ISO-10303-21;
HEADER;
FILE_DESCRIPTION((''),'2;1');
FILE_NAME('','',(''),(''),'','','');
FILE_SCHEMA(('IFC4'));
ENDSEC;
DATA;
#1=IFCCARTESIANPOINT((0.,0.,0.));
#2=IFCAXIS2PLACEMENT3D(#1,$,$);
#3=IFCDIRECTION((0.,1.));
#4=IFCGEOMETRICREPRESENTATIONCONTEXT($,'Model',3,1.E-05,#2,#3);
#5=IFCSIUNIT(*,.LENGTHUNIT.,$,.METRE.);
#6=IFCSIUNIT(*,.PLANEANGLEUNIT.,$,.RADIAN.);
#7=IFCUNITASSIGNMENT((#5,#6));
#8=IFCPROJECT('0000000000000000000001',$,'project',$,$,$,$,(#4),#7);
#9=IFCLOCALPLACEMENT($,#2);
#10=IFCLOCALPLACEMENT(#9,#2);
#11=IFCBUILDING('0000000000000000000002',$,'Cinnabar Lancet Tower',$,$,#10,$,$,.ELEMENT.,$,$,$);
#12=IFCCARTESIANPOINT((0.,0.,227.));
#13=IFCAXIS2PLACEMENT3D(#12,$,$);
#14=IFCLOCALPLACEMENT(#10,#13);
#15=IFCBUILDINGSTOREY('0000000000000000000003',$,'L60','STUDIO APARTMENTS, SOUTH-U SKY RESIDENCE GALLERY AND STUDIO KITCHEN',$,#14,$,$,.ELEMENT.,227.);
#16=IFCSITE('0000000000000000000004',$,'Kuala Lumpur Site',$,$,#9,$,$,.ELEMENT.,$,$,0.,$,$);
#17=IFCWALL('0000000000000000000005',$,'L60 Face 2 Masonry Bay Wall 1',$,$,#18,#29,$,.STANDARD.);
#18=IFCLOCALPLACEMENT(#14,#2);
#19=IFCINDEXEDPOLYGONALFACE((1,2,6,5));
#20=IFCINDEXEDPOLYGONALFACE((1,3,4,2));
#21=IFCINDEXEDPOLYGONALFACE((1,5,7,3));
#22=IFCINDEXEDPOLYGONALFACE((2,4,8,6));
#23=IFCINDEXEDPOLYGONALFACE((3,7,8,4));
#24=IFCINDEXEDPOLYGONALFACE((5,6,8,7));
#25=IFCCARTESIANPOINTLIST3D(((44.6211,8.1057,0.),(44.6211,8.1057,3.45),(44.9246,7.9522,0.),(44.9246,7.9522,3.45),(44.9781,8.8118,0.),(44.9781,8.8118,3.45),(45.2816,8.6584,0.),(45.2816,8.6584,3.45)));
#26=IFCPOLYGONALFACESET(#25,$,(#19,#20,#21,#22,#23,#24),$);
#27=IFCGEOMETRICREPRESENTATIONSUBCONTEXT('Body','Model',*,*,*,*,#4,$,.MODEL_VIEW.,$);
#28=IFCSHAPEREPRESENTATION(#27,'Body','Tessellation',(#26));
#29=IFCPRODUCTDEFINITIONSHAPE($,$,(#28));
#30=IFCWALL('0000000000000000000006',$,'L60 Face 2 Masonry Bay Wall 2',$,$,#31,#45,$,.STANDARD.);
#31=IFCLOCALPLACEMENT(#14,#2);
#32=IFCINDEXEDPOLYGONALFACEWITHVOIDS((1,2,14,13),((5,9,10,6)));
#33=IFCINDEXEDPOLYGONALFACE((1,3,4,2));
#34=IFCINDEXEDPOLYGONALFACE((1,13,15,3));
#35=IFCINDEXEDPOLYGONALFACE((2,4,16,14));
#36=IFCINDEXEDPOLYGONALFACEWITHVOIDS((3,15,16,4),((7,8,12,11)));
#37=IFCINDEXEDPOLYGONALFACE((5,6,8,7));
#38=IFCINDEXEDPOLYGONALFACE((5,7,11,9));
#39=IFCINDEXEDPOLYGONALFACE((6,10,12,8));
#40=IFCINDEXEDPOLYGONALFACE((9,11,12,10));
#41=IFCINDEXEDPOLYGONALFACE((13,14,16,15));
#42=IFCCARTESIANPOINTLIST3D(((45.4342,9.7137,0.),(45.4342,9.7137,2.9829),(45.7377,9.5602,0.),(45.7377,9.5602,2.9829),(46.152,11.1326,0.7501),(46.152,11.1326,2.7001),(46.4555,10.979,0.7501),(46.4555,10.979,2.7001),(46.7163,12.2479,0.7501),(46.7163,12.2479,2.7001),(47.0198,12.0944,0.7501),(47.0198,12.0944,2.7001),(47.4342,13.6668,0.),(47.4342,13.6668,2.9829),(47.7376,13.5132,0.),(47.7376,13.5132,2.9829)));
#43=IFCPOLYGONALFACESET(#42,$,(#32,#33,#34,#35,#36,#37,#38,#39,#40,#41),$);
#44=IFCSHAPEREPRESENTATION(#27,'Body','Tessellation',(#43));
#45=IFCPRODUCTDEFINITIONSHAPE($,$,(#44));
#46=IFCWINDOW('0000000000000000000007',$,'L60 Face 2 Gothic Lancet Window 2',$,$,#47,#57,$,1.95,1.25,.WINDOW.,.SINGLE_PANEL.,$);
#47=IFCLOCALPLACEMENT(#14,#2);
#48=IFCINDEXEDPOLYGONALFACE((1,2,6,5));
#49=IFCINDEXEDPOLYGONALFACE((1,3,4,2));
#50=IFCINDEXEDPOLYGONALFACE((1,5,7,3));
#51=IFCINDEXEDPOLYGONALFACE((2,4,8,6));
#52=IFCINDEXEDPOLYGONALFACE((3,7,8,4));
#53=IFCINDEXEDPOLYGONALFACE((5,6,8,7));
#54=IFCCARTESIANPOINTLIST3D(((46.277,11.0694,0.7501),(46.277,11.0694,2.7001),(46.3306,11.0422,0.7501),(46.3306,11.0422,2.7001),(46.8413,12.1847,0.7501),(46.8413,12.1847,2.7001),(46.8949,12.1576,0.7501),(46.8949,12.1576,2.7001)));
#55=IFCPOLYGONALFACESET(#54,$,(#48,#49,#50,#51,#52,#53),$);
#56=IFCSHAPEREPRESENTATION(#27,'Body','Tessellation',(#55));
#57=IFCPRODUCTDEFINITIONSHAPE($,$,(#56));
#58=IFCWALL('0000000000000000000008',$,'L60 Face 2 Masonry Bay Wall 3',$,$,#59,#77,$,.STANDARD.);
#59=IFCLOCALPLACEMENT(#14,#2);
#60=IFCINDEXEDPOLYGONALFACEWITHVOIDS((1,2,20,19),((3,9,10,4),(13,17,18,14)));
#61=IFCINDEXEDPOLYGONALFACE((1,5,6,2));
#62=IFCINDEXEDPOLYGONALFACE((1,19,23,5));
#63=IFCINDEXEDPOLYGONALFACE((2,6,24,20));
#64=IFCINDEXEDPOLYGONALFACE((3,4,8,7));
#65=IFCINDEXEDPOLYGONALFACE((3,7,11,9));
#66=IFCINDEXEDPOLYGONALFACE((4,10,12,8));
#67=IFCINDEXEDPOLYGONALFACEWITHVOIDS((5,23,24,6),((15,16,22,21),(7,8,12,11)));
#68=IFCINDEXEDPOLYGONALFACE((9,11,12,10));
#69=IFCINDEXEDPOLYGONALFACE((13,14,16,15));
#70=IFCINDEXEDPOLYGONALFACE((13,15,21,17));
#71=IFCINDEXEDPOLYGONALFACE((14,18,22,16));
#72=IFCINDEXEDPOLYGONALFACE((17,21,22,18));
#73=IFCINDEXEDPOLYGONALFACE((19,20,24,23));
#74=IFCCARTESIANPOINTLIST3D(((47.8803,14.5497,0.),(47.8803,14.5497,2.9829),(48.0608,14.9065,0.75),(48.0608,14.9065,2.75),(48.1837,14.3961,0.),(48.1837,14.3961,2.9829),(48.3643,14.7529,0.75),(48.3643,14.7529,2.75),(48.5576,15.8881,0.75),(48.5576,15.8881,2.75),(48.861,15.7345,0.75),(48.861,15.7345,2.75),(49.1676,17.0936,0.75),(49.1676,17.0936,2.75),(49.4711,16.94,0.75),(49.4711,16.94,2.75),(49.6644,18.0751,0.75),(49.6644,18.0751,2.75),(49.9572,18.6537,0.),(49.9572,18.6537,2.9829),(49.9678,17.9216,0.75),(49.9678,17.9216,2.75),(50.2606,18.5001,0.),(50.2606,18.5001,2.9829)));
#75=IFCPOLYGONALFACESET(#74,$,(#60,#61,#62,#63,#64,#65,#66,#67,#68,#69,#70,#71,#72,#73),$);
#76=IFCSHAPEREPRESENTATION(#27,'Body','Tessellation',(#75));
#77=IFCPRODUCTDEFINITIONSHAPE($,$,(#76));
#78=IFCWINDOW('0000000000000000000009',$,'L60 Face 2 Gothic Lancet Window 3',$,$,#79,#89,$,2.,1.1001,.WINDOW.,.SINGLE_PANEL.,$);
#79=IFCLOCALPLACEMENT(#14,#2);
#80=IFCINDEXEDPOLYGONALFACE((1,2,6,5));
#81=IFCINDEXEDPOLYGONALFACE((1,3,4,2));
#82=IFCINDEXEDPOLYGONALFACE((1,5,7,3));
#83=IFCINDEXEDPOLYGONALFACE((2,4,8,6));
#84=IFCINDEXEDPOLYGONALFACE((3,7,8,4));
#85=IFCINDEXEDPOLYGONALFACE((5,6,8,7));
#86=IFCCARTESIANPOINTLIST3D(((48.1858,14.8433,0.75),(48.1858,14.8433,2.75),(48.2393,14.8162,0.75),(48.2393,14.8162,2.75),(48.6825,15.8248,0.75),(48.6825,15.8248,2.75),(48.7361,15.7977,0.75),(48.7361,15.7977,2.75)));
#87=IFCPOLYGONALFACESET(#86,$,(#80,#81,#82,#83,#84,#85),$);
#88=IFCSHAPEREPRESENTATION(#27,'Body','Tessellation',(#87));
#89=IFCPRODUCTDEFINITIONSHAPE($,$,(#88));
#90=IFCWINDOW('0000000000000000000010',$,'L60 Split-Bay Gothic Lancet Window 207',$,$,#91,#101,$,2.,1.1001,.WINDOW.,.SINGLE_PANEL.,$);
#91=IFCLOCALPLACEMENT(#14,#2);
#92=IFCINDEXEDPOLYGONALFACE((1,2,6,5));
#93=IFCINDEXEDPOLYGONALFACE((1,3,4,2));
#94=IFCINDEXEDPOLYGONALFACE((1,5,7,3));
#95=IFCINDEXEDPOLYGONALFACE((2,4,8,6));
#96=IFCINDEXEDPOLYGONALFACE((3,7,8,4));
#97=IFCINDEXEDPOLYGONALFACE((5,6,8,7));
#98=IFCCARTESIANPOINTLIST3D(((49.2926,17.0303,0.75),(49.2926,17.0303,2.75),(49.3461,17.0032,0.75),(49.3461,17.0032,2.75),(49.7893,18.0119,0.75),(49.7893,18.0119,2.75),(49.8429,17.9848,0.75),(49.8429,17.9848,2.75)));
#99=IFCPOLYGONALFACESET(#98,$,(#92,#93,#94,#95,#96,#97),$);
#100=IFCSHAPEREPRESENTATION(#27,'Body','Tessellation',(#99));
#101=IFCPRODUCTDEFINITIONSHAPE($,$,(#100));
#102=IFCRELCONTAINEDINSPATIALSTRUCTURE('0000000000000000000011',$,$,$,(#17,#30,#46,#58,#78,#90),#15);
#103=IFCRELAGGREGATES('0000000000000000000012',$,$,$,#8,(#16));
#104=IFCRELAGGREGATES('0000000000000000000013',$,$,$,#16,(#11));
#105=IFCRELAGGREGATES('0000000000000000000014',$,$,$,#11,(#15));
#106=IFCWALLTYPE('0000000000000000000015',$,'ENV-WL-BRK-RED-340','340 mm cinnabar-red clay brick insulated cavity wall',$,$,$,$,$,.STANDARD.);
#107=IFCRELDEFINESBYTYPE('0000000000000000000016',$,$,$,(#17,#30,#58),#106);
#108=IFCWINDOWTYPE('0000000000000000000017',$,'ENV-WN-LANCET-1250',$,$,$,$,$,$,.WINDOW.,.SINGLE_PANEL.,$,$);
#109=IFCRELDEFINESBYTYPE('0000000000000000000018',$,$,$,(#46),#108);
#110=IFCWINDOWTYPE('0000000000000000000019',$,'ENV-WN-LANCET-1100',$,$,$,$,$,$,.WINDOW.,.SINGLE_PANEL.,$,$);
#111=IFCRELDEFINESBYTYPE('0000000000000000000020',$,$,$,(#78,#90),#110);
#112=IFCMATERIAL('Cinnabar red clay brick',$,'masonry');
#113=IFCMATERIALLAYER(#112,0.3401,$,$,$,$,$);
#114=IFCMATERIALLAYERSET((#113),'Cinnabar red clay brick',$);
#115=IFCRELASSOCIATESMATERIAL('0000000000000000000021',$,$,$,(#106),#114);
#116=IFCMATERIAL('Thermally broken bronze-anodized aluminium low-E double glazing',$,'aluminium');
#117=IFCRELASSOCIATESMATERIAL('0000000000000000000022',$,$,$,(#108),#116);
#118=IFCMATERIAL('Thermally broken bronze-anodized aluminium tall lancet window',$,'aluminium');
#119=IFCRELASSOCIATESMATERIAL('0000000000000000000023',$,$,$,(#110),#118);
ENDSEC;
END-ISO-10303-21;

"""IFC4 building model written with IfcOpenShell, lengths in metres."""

from ifc_helpers import new_model, si_unit, direction, frame, frame_2d, origin, place, context, subcontext, project, spatial, rectangle, extrude, material, layer, layer_set, type_object, element, fill, save


model = new_model("IFC4")

# Units and contexts
model_context = context("Model", 3, precision=1e-05, world=origin(), true_north=direction((0.0, 1.0)))
body_context = subcontext(model_context, "Body", "Model", "MODEL_VIEW")
ifc_project = project(units=[si_unit("LENGTHUNIT", "METRE"), si_unit("PLANEANGLEUNIT", "RADIAN")], contexts=[model_context])

# Site, building, storey
site_placement = place(None, origin())
site = spatial("IfcSite", under=ifc_project, at=site_placement, Name="Kuala Lumpur Site", CompositionType="ELEMENT", RefElevation=0.0)
building_placement = place(site_placement, origin())
building = spatial("IfcBuilding", under=site, at=building_placement, Name="Cinnabar Lancet Tower", CompositionType="ELEMENT")
storey_placement = place(building_placement, frame((0.0, 0.0, 227.0)))
storey = spatial("IfcBuildingStorey", under=building, at=storey_placement, Name="L60", Description="STUDIO APARTMENTS, SOUTH-U SKY RESIDENCE GALLERY AND STUDIO KITCHEN", CompositionType="ELEMENT", Elevation=227.0)

# Wall
ifc_material_1 = material(Name="Cinnabar red clay brick", Category="masonry")
ifc_layer_1 = layer(ifc_material_1, 0.3401)
ifc_layer_set_1 = layer_set([ifc_layer_1], Name="Cinnabar red clay brick")
wall_type_1 = type_object("IfcWallType", Name="ENV-WL-BRK-RED-340", Description="340 mm cinnabar-red clay brick insulated cavity wall", PredefinedType="STANDARD", material=ifc_layer_set_1)
wall_1_placement = place(storey_placement, frame((44.7729, 8.0291, 0.0), z_axis=(0.0, 0.0, 1.0), x_axis=(0.451159, 0.892443, 0.0)))
element("IfcWall", 1, at=wall_1_placement, inside=storey, type_object=wall_type_1, Name="L60 Face 2 Masonry Bay Wall 1", PredefinedType="STANDARD", context=body_context, shape_type="SweptSolid", body=[
    extrude(rectangle(XDim=0.7913, YDim=0.3401, at=frame_2d((0.3955, 0.0))), origin(), (0.0, 0.0, 1.0), 3.45),
])

# Wall, opening, window
wall_2_placement = place(storey_placement, frame((45.5859, 9.637, 0.0), z_axis=(0.0, 0.0, 1.0), x_axis=(0.451441, 0.892301, 0.0)))
wall_2 = element("IfcWall", 2, at=wall_2_placement, inside=storey, type_object=wall_type_1, Name="L60 Face 2 Masonry Bay Wall 2", PredefinedType="STANDARD", context=body_context, shape_type="SweptSolid", body=[
    extrude(rectangle(XDim=4.4302, YDim=0.3401, at=frame_2d((2.2151, 0.0))), origin(), (0.0, 0.0, 1.0), 2.9829),
])
opening_1_placement = place(wall_2_placement, frame((1.5901, 0.0, 0.75)))
opening_1 = element("IfcOpeningElement", 3, at=opening_1_placement, cuts=wall_2, PredefinedType="OPENING", context=body_context, shape_type="SweptSolid", body=[
    extrude(rectangle(XDim=1.25, YDim=1.95, at=frame_2d((0.625, 0.9751))), frame((0.0, 0.1799, 0.0), z_axis=(0.0, -1.0, 0.0), x_axis=(1.0, 0.0, 0.0)), (0.0, 0.0, 1.0), 0.3601),
])
ifc_material_2 = material(Name="Thermally broken bronze-anodized aluminium low-E double glazing", Category="aluminium")
window_type_1 = type_object("IfcWindowType", Name="ENV-WN-LANCET-1250", PartitioningType="SINGLE_PANEL", PredefinedType="WINDOW", material=ifc_material_2)
window_1_placement = place(opening_1_placement, origin())
window_1 = element("IfcWindow", 4, at=window_1_placement, inside=storey, type_object=window_type_1, Name="L60 Face 2 Gothic Lancet Window 2", OverallHeight=1.95, OverallWidth=1.25, PartitioningType="SINGLE_PANEL", PredefinedType="WINDOW", context=body_context, shape_type="SweptSolid", body=[
    extrude(rectangle(XDim=1.25, YDim=1.95, at=frame_2d((0.625, 0.9751))), frame((0.0, 0.03, 0.0), z_axis=(0.0, -1.0, 0.0), x_axis=(1.0, 0.0, 0.0)), (0.0, 0.0, 1.0), 0.0601),
])
fill(opening_1, window_1)

# Wall, openings, windows
wall_3_placement = place(storey_placement, frame((48.032, 14.4729, 0.0), z_axis=(0.0, 0.0, 1.0), x_axis=(0.45154, 0.892251, 0.0)))
wall_3 = element("IfcWall", 5, at=wall_3_placement, inside=storey, type_object=wall_type_1, Name="L60 Face 2 Masonry Bay Wall 3", PredefinedType="STANDARD", context=body_context, shape_type="SweptSolid", body=[
    extrude(rectangle(XDim=4.5996, YDim=0.3401, at=frame_2d((2.2998, 0.0))), origin(), (0.0, 0.0, 1.0), 2.9829),
])
opening_2_placement = place(wall_3_placement, frame((0.3999, 0.0, 0.75)))
opening_2 = element("IfcOpeningElement", 6, at=opening_2_placement, cuts=wall_3, PredefinedType="OPENING", context=body_context, shape_type="SweptSolid", body=[
    extrude(rectangle(XDim=1.1001, YDim=2.0, at=frame_2d((0.55, 1.0))), frame((0.0, 0.1799, 0.0), z_axis=(0.0, -1.0, 0.0), x_axis=(1.0, 0.0, 0.0)), (0.0, 0.0, 1.0), 0.3601),
])
opening_3_placement = place(wall_3_placement, frame((2.8511, 0.0, 0.75)))
opening_3 = element("IfcOpeningElement", 7, at=opening_3_placement, cuts=wall_3, PredefinedType="OPENING", context=body_context, shape_type="SweptSolid", body=[
    extrude(rectangle(XDim=1.1001, YDim=2.0, at=frame_2d((0.55, 1.0))), frame((0.0, 0.1799, 0.0), z_axis=(0.0, -1.0, 0.0), x_axis=(1.0, 0.0, 0.0)), (0.0, 0.0, 1.0), 0.3601),
])
ifc_material_3 = material(Name="Thermally broken bronze-anodized aluminium tall lancet window", Category="aluminium")
window_type_2 = type_object("IfcWindowType", Name="ENV-WN-LANCET-1100", PartitioningType="SINGLE_PANEL", PredefinedType="WINDOW", material=ifc_material_3)
window_2_placement = place(opening_2_placement, origin())
window_2 = element("IfcWindow", 8, at=window_2_placement, inside=storey, type_object=window_type_2, Name="L60 Face 2 Gothic Lancet Window 3", OverallHeight=2.0, OverallWidth=1.1001, PartitioningType="SINGLE_PANEL", PredefinedType="WINDOW", context=body_context, shape_type="SweptSolid", body=[
    extrude(rectangle(XDim=1.1001, YDim=2.0, at=frame_2d((0.55, 1.0))), frame((0.0, 0.03, 0.0), z_axis=(0.0, -1.0, 0.0), x_axis=(1.0, 0.0, 0.0)), (0.0, 0.0, 1.0), 0.0601),
])
fill(opening_2, window_2)
window_3_placement = place(opening_3_placement, origin())
window_3 = element("IfcWindow", 9, at=window_3_placement, inside=storey, type_object=window_type_2, Name="L60 Split-Bay Gothic Lancet Window 207", OverallHeight=2.0, OverallWidth=1.1001, PartitioningType="SINGLE_PANEL", PredefinedType="WINDOW", context=body_context, shape_type="SweptSolid", body=[
    extrude(rectangle(XDim=1.1001, YDim=2.0, at=frame_2d((0.55, 1.0))), frame((0.0, 0.03, 0.0), z_axis=(0.0, -1.0, 0.0), x_axis=(1.0, 0.0, 0.0)), (0.0, 0.0, 1.0), 0.0601),
])
fill(opening_3, window_3)

save(model, "model.ifc")
